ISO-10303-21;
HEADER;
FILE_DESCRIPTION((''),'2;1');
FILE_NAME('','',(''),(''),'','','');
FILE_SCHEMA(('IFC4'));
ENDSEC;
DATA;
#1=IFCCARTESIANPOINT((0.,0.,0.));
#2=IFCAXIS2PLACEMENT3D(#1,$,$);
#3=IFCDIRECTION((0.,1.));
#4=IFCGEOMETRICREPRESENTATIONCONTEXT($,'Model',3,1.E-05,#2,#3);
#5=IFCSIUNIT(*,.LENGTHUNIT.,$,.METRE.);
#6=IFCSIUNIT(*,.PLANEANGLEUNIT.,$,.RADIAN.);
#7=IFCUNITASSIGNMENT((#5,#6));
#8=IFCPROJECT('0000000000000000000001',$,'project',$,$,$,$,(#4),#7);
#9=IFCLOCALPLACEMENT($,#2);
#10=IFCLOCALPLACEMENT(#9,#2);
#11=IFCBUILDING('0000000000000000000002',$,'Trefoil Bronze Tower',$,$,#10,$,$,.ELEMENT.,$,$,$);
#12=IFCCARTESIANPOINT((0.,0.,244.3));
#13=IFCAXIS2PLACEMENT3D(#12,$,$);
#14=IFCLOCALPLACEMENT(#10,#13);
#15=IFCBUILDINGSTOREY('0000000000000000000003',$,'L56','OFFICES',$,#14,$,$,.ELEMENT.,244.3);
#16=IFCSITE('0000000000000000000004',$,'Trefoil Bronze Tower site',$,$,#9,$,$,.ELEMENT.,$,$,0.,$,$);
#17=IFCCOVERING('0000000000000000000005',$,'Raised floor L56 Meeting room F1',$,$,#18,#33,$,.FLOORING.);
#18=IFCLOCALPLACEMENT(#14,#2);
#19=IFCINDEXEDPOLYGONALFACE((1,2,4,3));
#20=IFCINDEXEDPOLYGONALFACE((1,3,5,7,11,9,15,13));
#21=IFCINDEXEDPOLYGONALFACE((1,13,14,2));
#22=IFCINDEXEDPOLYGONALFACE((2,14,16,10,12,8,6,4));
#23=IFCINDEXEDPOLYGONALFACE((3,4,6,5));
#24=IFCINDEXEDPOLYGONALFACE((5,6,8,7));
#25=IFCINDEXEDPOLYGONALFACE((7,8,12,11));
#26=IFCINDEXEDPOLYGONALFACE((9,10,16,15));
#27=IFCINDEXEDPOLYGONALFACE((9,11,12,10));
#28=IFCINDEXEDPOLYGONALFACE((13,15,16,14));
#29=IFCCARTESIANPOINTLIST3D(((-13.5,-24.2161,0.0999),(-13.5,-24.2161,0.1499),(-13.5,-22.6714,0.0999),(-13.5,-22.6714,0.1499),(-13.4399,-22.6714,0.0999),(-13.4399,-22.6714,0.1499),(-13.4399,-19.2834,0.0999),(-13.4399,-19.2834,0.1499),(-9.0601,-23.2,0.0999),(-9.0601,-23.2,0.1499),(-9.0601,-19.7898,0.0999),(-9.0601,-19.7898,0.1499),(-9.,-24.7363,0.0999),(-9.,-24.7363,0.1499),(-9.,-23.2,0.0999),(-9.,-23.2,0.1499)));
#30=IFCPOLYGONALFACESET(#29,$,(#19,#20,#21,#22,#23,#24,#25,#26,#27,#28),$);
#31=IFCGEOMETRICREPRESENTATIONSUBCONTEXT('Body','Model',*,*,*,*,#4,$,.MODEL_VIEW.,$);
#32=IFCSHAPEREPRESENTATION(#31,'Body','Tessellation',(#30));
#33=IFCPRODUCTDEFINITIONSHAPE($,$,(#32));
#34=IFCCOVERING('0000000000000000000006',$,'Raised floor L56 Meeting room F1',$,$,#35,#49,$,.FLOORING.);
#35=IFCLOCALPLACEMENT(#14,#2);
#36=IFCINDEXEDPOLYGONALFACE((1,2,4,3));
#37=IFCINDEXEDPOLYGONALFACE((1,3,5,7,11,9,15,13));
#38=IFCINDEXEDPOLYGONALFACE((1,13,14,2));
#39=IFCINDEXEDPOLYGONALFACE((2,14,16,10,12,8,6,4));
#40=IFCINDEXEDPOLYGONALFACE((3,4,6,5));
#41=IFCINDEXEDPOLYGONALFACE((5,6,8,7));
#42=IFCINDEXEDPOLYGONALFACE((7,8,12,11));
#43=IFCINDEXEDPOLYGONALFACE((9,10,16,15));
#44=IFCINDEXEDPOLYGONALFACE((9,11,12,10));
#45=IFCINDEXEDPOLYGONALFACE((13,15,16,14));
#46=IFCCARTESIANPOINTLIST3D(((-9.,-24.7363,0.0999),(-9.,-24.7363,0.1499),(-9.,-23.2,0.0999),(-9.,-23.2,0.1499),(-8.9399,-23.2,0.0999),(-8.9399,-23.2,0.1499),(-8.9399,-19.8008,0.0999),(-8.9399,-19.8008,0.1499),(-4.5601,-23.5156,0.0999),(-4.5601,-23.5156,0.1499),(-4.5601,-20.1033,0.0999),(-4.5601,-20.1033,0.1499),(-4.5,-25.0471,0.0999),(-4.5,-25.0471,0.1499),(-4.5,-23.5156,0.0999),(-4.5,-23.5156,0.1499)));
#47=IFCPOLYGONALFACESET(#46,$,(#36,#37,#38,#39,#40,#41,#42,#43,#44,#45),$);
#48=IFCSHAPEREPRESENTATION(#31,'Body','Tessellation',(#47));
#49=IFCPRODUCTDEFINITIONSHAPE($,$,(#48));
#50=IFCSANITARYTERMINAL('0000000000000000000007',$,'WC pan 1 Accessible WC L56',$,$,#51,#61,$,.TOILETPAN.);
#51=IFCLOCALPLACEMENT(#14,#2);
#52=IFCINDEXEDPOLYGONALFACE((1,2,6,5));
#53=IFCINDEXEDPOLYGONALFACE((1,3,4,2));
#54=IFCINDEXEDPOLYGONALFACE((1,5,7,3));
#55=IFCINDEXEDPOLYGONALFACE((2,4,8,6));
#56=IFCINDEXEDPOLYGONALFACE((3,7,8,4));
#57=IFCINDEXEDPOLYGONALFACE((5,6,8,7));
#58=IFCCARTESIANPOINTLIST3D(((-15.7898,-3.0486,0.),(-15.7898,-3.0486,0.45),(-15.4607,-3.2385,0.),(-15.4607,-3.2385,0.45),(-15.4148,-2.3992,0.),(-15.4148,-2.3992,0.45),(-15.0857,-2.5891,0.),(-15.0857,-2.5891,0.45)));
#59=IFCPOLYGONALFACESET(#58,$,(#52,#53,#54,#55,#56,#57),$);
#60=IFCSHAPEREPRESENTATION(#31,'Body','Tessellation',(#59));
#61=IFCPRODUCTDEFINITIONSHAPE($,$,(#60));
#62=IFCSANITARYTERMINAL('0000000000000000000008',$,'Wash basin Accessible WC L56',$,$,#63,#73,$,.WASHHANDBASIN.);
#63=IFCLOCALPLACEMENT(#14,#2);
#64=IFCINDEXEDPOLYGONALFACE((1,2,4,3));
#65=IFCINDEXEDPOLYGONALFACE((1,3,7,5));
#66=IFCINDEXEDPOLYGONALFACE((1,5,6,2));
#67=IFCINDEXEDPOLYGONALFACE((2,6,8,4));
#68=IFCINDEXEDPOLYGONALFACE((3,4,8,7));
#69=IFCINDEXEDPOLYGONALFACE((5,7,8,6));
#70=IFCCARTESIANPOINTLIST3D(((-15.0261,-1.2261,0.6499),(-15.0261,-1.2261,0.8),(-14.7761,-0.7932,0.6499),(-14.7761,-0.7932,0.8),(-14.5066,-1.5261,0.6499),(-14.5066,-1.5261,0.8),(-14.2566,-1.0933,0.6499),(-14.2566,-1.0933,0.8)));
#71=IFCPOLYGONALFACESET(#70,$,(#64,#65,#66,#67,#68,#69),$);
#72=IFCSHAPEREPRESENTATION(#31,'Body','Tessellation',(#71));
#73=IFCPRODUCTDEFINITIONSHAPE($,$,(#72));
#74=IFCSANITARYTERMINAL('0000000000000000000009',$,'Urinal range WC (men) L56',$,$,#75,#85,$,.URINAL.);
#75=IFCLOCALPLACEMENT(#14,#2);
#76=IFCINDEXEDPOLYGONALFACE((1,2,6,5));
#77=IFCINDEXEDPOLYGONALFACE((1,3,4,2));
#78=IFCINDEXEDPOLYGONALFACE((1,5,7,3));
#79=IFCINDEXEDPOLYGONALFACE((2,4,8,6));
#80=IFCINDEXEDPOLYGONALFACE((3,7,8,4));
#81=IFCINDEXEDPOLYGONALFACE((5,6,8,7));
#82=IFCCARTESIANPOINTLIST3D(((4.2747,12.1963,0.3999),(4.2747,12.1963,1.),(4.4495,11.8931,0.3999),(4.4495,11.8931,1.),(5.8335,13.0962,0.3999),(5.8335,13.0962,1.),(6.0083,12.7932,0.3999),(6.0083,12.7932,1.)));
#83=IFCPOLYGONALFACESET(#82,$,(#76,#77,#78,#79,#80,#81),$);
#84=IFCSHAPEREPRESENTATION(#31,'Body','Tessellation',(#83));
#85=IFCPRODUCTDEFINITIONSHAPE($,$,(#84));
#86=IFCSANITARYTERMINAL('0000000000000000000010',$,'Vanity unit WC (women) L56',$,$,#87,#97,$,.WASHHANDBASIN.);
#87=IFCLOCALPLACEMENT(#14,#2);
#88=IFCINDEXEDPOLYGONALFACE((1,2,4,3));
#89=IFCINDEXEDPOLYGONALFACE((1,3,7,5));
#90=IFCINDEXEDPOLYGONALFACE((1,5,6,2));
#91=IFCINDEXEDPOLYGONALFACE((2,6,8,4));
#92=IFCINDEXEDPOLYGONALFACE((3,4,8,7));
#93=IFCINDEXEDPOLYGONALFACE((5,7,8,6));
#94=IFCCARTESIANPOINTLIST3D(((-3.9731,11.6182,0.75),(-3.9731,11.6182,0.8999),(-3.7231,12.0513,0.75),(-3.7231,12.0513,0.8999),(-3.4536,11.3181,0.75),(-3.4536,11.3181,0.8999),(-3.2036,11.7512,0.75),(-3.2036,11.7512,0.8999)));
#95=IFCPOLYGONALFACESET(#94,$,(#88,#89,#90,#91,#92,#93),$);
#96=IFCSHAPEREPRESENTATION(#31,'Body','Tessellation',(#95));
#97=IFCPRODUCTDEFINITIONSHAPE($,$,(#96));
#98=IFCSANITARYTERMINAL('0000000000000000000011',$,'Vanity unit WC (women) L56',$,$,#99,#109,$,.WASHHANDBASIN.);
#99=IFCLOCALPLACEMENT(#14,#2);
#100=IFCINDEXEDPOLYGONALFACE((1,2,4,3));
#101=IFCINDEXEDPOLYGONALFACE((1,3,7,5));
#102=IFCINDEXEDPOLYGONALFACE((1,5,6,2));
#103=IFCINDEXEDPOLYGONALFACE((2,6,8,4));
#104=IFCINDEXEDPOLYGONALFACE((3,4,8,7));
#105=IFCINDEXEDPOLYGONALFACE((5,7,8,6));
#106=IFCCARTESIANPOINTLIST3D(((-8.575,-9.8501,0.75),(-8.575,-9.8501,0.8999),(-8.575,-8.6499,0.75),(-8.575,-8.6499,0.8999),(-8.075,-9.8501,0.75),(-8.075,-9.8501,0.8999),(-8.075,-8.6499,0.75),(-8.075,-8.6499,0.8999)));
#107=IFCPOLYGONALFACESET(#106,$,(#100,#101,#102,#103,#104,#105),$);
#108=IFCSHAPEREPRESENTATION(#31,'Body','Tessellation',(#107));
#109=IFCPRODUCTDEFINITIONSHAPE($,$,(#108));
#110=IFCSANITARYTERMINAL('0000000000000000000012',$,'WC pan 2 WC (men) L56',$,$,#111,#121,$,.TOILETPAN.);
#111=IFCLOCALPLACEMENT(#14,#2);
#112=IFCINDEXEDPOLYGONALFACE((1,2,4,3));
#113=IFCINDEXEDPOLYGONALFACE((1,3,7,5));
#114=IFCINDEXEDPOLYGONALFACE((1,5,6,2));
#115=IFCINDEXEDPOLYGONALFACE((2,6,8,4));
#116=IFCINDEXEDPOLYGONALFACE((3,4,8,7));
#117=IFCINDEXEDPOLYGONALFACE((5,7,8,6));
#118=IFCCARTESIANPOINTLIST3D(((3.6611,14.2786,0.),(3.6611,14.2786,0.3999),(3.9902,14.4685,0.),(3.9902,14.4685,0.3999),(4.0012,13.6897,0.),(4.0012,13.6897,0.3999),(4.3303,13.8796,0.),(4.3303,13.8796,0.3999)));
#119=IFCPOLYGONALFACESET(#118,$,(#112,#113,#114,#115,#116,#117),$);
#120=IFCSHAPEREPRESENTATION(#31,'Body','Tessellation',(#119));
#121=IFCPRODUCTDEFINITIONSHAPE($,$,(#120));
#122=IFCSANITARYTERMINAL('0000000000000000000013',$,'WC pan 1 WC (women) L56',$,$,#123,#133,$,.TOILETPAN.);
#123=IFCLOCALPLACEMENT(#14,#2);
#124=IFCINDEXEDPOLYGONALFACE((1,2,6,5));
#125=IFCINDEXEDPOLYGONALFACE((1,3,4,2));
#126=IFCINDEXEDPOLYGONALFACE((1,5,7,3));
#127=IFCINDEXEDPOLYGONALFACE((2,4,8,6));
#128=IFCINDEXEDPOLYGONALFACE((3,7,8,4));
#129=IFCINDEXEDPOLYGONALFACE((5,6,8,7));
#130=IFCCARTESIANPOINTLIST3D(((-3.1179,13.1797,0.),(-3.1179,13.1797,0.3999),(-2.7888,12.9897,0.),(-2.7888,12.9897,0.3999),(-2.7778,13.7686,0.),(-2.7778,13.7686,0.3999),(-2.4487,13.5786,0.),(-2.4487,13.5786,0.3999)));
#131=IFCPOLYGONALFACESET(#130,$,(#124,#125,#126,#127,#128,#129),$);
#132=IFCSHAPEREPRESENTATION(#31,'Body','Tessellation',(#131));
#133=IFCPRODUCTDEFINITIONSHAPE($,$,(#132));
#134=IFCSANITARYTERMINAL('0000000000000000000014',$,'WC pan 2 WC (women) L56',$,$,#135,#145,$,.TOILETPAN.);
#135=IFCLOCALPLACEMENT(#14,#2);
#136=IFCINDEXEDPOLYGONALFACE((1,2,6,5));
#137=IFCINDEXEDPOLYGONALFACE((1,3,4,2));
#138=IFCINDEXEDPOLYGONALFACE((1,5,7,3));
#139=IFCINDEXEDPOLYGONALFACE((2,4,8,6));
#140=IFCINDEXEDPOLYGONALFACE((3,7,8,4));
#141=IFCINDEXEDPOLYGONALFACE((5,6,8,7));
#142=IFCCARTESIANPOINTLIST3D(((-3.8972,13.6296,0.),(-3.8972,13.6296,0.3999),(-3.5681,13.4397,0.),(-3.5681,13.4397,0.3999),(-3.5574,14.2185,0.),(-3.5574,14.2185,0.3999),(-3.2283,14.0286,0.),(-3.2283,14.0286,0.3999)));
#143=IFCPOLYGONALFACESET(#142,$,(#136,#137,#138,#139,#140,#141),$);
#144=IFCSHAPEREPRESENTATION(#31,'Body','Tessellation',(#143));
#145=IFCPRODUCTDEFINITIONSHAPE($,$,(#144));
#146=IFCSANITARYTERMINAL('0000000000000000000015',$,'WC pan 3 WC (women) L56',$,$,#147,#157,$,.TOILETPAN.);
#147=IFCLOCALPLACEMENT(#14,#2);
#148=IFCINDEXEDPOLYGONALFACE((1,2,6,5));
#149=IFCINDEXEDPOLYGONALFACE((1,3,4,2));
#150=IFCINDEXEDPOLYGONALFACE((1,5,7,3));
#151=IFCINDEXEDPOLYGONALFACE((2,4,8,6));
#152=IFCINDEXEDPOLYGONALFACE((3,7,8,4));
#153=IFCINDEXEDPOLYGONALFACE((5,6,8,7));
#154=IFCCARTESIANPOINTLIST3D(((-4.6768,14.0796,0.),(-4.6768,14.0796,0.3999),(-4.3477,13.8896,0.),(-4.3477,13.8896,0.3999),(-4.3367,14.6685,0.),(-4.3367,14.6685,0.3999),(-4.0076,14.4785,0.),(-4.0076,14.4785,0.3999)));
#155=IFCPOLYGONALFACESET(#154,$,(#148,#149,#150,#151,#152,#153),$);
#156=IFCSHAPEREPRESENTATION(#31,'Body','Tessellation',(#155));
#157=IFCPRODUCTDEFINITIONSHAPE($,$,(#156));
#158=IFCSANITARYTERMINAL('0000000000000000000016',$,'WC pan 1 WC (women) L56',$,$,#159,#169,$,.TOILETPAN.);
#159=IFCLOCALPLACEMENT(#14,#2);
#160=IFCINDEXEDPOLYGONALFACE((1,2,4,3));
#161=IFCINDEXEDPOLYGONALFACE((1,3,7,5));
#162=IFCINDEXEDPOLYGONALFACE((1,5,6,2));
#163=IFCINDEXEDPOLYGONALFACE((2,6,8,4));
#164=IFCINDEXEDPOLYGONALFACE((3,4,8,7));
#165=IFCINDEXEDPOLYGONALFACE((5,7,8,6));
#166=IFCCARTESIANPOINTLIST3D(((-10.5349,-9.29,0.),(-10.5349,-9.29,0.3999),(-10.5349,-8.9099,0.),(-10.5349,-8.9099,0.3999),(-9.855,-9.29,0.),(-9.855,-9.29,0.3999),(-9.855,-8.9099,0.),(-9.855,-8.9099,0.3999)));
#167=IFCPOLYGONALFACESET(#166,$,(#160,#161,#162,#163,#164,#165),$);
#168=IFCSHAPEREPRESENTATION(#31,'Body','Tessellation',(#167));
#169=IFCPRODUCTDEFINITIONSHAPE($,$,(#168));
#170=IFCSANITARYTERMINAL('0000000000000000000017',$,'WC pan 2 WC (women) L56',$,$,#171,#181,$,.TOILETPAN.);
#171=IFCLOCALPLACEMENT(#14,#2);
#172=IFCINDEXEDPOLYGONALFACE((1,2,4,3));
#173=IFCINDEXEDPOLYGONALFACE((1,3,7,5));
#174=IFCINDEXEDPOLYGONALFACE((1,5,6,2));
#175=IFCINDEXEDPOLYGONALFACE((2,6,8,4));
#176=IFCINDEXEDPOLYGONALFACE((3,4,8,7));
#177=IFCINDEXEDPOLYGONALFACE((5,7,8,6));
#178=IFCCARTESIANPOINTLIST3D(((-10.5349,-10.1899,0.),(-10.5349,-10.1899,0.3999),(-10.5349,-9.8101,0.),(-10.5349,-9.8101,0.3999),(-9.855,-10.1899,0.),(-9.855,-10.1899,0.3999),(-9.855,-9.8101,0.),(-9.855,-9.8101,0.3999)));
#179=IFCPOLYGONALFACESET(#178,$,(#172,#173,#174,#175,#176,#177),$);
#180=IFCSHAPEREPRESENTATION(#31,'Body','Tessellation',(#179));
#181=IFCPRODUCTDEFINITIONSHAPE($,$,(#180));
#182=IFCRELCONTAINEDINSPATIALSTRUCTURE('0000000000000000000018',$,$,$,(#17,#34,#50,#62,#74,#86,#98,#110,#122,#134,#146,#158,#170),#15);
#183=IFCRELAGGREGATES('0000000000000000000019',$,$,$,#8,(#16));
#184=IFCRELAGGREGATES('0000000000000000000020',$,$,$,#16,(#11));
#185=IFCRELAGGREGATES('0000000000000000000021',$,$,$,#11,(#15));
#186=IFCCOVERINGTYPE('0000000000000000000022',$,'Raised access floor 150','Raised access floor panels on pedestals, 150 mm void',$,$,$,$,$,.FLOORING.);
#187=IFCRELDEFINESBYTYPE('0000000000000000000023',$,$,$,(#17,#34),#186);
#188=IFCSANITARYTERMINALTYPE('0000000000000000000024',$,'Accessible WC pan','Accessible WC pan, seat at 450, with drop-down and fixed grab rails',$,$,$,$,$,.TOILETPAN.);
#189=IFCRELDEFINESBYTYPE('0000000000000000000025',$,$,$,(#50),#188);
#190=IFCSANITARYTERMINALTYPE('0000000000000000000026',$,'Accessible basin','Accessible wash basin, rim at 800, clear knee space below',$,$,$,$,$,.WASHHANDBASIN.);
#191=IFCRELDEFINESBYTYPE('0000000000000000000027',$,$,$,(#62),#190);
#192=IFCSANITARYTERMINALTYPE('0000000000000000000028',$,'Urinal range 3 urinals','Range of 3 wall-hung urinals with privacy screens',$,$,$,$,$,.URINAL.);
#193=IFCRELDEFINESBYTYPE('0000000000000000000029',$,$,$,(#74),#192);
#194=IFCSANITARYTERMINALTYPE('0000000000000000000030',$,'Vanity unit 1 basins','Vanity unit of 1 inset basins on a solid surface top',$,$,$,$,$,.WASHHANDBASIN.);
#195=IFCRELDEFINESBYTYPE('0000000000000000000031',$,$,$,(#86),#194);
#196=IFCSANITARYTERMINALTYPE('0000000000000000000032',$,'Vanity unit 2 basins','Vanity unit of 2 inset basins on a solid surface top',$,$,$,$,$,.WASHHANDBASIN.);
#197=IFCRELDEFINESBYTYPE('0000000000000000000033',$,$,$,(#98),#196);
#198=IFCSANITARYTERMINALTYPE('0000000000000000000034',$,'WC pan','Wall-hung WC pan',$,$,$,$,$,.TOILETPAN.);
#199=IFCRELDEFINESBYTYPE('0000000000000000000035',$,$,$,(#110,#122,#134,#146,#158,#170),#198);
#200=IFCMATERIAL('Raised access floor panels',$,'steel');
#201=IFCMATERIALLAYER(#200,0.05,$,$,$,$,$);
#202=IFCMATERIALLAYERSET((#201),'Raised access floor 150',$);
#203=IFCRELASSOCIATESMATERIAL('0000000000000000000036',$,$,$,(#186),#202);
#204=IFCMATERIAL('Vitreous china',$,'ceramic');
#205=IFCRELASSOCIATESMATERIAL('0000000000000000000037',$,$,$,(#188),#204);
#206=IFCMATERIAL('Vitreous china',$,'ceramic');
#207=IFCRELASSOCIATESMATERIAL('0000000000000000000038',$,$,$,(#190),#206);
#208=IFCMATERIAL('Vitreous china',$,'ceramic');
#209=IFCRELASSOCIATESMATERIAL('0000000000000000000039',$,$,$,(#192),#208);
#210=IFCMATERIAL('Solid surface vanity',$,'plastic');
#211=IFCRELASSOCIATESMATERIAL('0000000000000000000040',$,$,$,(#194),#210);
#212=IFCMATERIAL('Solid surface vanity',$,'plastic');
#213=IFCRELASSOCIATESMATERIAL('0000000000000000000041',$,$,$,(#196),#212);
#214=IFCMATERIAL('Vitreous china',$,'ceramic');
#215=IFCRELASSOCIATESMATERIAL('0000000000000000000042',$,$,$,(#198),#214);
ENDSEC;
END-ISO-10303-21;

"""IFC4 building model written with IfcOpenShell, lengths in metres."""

from ifc_helpers import new_model, si_unit, direction, frame, origin, place, context, subcontext, project, spatial, polyline, outline, extrude, material, layer, layer_set, type_object, element, save


model = new_model("IFC4")

# Units and contexts
model_context = context("Model", 3, precision=1e-05, world=origin(), true_north=direction((0.0, 1.0)))
body_context = subcontext(model_context, "Body", "Model", "MODEL_VIEW")
ifc_project = project(units=[si_unit("LENGTHUNIT", "METRE"), si_unit("PLANEANGLEUNIT", "RADIAN")], contexts=[model_context])

# Site, building, storey
site_placement = place(None, origin())
site = spatial("IfcSite", under=ifc_project, at=site_placement, Name="Trefoil Bronze Tower site", CompositionType="ELEMENT", RefElevation=0.0)
building_placement = place(site_placement, origin())
building = spatial("IfcBuilding", under=site, at=building_placement, Name="Trefoil Bronze Tower", CompositionType="ELEMENT")
storey_placement = place(building_placement, frame((0.0, 0.0, 244.3)))
storey = spatial("IfcBuildingStorey", under=building, at=storey_placement, Name="L56", Description="OFFICES", CompositionType="ELEMENT", Elevation=244.3)

# Coverings
ifc_material_1 = material(Name="Raised access floor panels", Category="steel")
ifc_layer_1 = layer(ifc_material_1, 0.05)
ifc_layer_set_1 = layer_set([ifc_layer_1], Name="Raised access floor 150")
covering_type_1 = type_object("IfcCoveringType", Name="Raised access floor 150", Description="Raised access floor panels on pedestals, 150 mm void", PredefinedType="FLOORING", material=ifc_layer_set_1)
covering_1_placement = place(storey_placement, frame((0.0, 0.0, 0.0999)))
element("IfcCovering", 1, at=covering_1_placement, inside=storey, type_object=covering_type_1, Name="Raised floor L56 Meeting room F1", PredefinedType="FLOORING", context=body_context, shape_type="SweptSolid", body=[
    extrude(outline(polyline([(-9.0, -24.7363), (-13.5, -24.2161), (-13.5, -22.6714), (-13.4399, -22.6714), (-13.4399, -19.2834), (-9.0601, -19.7898), (-9.0601, -23.2), (-9.0, -23.2), (-9.0, -24.7363)])), origin(), (0.0, 0.0, 1.0), 0.05),
])
covering_2_placement = place(storey_placement, frame((0.0, 0.0, 0.0999)))
element("IfcCovering", 2, at=covering_2_placement, inside=storey, type_object=covering_type_1, Name="Raised floor L56 Meeting room F1", PredefinedType="FLOORING", context=body_context, shape_type="SweptSolid", body=[
    extrude(outline(polyline([(-4.5, -25.0471), (-9.0, -24.7363), (-9.0, -23.2), (-8.9399, -23.2), (-8.9399, -19.8008), (-4.5601, -20.1033), (-4.5601, -23.5156), (-4.5, -23.5156), (-4.5, -25.0471)])), origin(), (0.0, 0.0, 1.0), 0.05),
])

# Sanitary terminals
ifc_material_2 = material(Name="Vitreous china", Category="ceramic")
sanitary_terminal_type_1 = type_object("IfcSanitaryTerminalType", Name="Accessible WC pan", Description="Accessible WC pan, seat at 450, with drop-down and fixed grab rails", PredefinedType="TOILETPAN", material=ifc_material_2)
sanitary_terminal_1_placement = place(storey_placement, origin())
element("IfcSanitaryTerminal", 3, at=sanitary_terminal_1_placement, inside=storey, type_object=sanitary_terminal_type_1, Name="WC pan 1 Accessible WC L56", PredefinedType="TOILETPAN", context=body_context, shape_type="SweptSolid", body=[
    extrude(outline(polyline([(-15.0857, -2.5891), (-15.4607, -3.2385), (-15.7898, -3.0486), (-15.4148, -2.3992), (-15.0857, -2.5891)])), origin(), (0.0, 0.0, 1.0), 0.45),
])
ifc_material_3 = material(Name="Vitreous china", Category="ceramic")
sanitary_terminal_type_2 = type_object("IfcSanitaryTerminalType", Name="Accessible basin", Description="Accessible wash basin, rim at 800, clear knee space below", PredefinedType="WASHHANDBASIN", material=ifc_material_3)
sanitary_terminal_2_placement = place(storey_placement, frame((0.0, 0.0, 0.6499)))
element("IfcSanitaryTerminal", 4, at=sanitary_terminal_2_placement, inside=storey, type_object=sanitary_terminal_type_2, Name="Wash basin Accessible WC L56", PredefinedType="WASHHANDBASIN", context=body_context, shape_type="SweptSolid", body=[
    extrude(outline(polyline([(-14.2566, -1.0933), (-14.5066, -1.5261), (-15.0261, -1.2261), (-14.7761, -0.7932), (-14.2566, -1.0933)])), origin(), (0.0, 0.0, 1.0), 0.1501),
])
ifc_material_4 = material(Name="Vitreous china", Category="ceramic")
sanitary_terminal_type_3 = type_object("IfcSanitaryTerminalType", Name="Urinal range 3 urinals", Description="Range of 3 wall-hung urinals with privacy screens", PredefinedType="URINAL", material=ifc_material_4)
sanitary_terminal_3_placement = place(storey_placement, frame((0.0, 0.0, 0.3999)))
element("IfcSanitaryTerminal", 5, at=sanitary_terminal_3_placement, inside=storey, type_object=sanitary_terminal_type_3, Name="Urinal range WC (men) L56", PredefinedType="URINAL", context=body_context, shape_type="SweptSolid", body=[
    extrude(outline(polyline([(4.4495, 11.8931), (4.2747, 12.1963), (5.8335, 13.0962), (6.0083, 12.7932), (4.4495, 11.8931)])), origin(), (0.0, 0.0, 1.0), 0.6001),
])
ifc_material_5 = material(Name="Solid surface vanity", Category="plastic")
sanitary_terminal_type_4 = type_object("IfcSanitaryTerminalType", Name="Vanity unit 1 basins", Description="Vanity unit of 1 inset basins on a solid surface top", PredefinedType="WASHHANDBASIN", material=ifc_material_5)
sanitary_terminal_4_placement = place(storey_placement, frame((0.0, 0.0, 0.75)))
element("IfcSanitaryTerminal", 6, at=sanitary_terminal_4_placement, inside=storey, type_object=sanitary_terminal_type_4, Name="Vanity unit WC (women) L56", PredefinedType="WASHHANDBASIN", context=body_context, shape_type="SweptSolid", body=[
    extrude(outline(polyline([(-3.4536, 11.3181), (-3.2036, 11.7512), (-3.7231, 12.0513), (-3.9731, 11.6182), (-3.4536, 11.3181)])), origin(), (0.0, 0.0, 1.0), 0.1499),
])
ifc_material_6 = material(Name="Solid surface vanity", Category="plastic")
sanitary_terminal_type_5 = type_object("IfcSanitaryTerminalType", Name="Vanity unit 2 basins", Description="Vanity unit of 2 inset basins on a solid surface top", PredefinedType="WASHHANDBASIN", material=ifc_material_6)
sanitary_terminal_5_placement = place(storey_placement, frame((0.0, 0.0, 0.75)))
element("IfcSanitaryTerminal", 7, at=sanitary_terminal_5_placement, inside=storey, type_object=sanitary_terminal_type_5, Name="Vanity unit WC (women) L56", PredefinedType="WASHHANDBASIN", context=body_context, shape_type="SweptSolid", body=[
    extrude(outline(polyline([(-8.075, -8.6499), (-8.575, -8.6499), (-8.575, -9.8501), (-8.075, -9.8501), (-8.075, -8.6499)])), origin(), (0.0, 0.0, 1.0), 0.1499),
])
ifc_material_7 = material(Name="Vitreous china", Category="ceramic")
sanitary_terminal_type_6 = type_object("IfcSanitaryTerminalType", Name="WC pan", Description="Wall-hung WC pan", PredefinedType="TOILETPAN", material=ifc_material_7)
sanitary_terminal_6_placement = place(storey_placement, origin())
element("IfcSanitaryTerminal", 8, at=sanitary_terminal_6_placement, inside=storey, type_object=sanitary_terminal_type_6, Name="WC pan 2 WC (men) L56", PredefinedType="TOILETPAN", context=body_context, shape_type="SweptSolid", body=[
    extrude(outline(polyline([(4.0012, 13.6897), (3.6611, 14.2786), (3.9902, 14.4685), (4.3303, 13.8796), (4.0012, 13.6897)])), origin(), (0.0, 0.0, 1.0), 0.3999),
])
sanitary_terminal_7_placement = place(storey_placement, origin())
element("IfcSanitaryTerminal", 9, at=sanitary_terminal_7_placement, inside=storey, type_object=sanitary_terminal_type_6, Name="WC pan 1 WC (women) L56", PredefinedType="TOILETPAN", context=body_context, shape_type="SweptSolid", body=[
    extrude(outline(polyline([(-2.7888, 12.9897), (-2.4487, 13.5786), (-2.7778, 13.7686), (-3.1179, 13.1797), (-2.7888, 12.9897)])), origin(), (0.0, 0.0, 1.0), 0.3999),
])
sanitary_terminal_8_placement = place(storey_placement, origin())
element("IfcSanitaryTerminal", 10, at=sanitary_terminal_8_placement, inside=storey, type_object=sanitary_terminal_type_6, Name="WC pan 2 WC (women) L56", PredefinedType="TOILETPAN", context=body_context, shape_type="SweptSolid", body=[
    extrude(outline(polyline([(-3.5681, 13.4397), (-3.2283, 14.0286), (-3.5574, 14.2185), (-3.8972, 13.6296), (-3.5681, 13.4397)])), origin(), (0.0, 0.0, 1.0), 0.3999),
])
sanitary_terminal_9_placement = place(storey_placement, origin())
element("IfcSanitaryTerminal", 11, at=sanitary_terminal_9_placement, inside=storey, type_object=sanitary_terminal_type_6, Name="WC pan 3 WC (women) L56", PredefinedType="TOILETPAN", context=body_context, shape_type="SweptSolid", body=[
    extrude(outline(polyline([(-4.3477, 13.8896), (-4.0076, 14.4785), (-4.3367, 14.6685), (-4.6768, 14.0796), (-4.3477, 13.8896)])), origin(), (0.0, 0.0, 1.0), 0.3999),
])
sanitary_terminal_10_placement = place(storey_placement, origin())
element("IfcSanitaryTerminal", 12, at=sanitary_terminal_10_placement, inside=storey, type_object=sanitary_terminal_type_6, Name="WC pan 1 WC (women) L56", PredefinedType="TOILETPAN", context=body_context, shape_type="SweptSolid", body=[
    extrude(outline(polyline([(-9.855, -8.9099), (-10.5349, -8.9099), (-10.5349, -9.29), (-9.855, -9.29), (-9.855, -8.9099)])), origin(), (0.0, 0.0, 1.0), 0.3999),
])
sanitary_terminal_11_placement = place(storey_placement, origin())
element("IfcSanitaryTerminal", 13, at=sanitary_terminal_11_placement, inside=storey, type_object=sanitary_terminal_type_6, Name="WC pan 2 WC (women) L56", PredefinedType="TOILETPAN", context=body_context, shape_type="SweptSolid", body=[
    extrude(outline(polyline([(-9.855, -9.8101), (-10.5349, -9.8101), (-10.5349, -10.1899), (-9.855, -10.1899), (-9.855, -9.8101)])), origin(), (0.0, 0.0, 1.0), 0.3999),
])

save(model, "model.ifc")
